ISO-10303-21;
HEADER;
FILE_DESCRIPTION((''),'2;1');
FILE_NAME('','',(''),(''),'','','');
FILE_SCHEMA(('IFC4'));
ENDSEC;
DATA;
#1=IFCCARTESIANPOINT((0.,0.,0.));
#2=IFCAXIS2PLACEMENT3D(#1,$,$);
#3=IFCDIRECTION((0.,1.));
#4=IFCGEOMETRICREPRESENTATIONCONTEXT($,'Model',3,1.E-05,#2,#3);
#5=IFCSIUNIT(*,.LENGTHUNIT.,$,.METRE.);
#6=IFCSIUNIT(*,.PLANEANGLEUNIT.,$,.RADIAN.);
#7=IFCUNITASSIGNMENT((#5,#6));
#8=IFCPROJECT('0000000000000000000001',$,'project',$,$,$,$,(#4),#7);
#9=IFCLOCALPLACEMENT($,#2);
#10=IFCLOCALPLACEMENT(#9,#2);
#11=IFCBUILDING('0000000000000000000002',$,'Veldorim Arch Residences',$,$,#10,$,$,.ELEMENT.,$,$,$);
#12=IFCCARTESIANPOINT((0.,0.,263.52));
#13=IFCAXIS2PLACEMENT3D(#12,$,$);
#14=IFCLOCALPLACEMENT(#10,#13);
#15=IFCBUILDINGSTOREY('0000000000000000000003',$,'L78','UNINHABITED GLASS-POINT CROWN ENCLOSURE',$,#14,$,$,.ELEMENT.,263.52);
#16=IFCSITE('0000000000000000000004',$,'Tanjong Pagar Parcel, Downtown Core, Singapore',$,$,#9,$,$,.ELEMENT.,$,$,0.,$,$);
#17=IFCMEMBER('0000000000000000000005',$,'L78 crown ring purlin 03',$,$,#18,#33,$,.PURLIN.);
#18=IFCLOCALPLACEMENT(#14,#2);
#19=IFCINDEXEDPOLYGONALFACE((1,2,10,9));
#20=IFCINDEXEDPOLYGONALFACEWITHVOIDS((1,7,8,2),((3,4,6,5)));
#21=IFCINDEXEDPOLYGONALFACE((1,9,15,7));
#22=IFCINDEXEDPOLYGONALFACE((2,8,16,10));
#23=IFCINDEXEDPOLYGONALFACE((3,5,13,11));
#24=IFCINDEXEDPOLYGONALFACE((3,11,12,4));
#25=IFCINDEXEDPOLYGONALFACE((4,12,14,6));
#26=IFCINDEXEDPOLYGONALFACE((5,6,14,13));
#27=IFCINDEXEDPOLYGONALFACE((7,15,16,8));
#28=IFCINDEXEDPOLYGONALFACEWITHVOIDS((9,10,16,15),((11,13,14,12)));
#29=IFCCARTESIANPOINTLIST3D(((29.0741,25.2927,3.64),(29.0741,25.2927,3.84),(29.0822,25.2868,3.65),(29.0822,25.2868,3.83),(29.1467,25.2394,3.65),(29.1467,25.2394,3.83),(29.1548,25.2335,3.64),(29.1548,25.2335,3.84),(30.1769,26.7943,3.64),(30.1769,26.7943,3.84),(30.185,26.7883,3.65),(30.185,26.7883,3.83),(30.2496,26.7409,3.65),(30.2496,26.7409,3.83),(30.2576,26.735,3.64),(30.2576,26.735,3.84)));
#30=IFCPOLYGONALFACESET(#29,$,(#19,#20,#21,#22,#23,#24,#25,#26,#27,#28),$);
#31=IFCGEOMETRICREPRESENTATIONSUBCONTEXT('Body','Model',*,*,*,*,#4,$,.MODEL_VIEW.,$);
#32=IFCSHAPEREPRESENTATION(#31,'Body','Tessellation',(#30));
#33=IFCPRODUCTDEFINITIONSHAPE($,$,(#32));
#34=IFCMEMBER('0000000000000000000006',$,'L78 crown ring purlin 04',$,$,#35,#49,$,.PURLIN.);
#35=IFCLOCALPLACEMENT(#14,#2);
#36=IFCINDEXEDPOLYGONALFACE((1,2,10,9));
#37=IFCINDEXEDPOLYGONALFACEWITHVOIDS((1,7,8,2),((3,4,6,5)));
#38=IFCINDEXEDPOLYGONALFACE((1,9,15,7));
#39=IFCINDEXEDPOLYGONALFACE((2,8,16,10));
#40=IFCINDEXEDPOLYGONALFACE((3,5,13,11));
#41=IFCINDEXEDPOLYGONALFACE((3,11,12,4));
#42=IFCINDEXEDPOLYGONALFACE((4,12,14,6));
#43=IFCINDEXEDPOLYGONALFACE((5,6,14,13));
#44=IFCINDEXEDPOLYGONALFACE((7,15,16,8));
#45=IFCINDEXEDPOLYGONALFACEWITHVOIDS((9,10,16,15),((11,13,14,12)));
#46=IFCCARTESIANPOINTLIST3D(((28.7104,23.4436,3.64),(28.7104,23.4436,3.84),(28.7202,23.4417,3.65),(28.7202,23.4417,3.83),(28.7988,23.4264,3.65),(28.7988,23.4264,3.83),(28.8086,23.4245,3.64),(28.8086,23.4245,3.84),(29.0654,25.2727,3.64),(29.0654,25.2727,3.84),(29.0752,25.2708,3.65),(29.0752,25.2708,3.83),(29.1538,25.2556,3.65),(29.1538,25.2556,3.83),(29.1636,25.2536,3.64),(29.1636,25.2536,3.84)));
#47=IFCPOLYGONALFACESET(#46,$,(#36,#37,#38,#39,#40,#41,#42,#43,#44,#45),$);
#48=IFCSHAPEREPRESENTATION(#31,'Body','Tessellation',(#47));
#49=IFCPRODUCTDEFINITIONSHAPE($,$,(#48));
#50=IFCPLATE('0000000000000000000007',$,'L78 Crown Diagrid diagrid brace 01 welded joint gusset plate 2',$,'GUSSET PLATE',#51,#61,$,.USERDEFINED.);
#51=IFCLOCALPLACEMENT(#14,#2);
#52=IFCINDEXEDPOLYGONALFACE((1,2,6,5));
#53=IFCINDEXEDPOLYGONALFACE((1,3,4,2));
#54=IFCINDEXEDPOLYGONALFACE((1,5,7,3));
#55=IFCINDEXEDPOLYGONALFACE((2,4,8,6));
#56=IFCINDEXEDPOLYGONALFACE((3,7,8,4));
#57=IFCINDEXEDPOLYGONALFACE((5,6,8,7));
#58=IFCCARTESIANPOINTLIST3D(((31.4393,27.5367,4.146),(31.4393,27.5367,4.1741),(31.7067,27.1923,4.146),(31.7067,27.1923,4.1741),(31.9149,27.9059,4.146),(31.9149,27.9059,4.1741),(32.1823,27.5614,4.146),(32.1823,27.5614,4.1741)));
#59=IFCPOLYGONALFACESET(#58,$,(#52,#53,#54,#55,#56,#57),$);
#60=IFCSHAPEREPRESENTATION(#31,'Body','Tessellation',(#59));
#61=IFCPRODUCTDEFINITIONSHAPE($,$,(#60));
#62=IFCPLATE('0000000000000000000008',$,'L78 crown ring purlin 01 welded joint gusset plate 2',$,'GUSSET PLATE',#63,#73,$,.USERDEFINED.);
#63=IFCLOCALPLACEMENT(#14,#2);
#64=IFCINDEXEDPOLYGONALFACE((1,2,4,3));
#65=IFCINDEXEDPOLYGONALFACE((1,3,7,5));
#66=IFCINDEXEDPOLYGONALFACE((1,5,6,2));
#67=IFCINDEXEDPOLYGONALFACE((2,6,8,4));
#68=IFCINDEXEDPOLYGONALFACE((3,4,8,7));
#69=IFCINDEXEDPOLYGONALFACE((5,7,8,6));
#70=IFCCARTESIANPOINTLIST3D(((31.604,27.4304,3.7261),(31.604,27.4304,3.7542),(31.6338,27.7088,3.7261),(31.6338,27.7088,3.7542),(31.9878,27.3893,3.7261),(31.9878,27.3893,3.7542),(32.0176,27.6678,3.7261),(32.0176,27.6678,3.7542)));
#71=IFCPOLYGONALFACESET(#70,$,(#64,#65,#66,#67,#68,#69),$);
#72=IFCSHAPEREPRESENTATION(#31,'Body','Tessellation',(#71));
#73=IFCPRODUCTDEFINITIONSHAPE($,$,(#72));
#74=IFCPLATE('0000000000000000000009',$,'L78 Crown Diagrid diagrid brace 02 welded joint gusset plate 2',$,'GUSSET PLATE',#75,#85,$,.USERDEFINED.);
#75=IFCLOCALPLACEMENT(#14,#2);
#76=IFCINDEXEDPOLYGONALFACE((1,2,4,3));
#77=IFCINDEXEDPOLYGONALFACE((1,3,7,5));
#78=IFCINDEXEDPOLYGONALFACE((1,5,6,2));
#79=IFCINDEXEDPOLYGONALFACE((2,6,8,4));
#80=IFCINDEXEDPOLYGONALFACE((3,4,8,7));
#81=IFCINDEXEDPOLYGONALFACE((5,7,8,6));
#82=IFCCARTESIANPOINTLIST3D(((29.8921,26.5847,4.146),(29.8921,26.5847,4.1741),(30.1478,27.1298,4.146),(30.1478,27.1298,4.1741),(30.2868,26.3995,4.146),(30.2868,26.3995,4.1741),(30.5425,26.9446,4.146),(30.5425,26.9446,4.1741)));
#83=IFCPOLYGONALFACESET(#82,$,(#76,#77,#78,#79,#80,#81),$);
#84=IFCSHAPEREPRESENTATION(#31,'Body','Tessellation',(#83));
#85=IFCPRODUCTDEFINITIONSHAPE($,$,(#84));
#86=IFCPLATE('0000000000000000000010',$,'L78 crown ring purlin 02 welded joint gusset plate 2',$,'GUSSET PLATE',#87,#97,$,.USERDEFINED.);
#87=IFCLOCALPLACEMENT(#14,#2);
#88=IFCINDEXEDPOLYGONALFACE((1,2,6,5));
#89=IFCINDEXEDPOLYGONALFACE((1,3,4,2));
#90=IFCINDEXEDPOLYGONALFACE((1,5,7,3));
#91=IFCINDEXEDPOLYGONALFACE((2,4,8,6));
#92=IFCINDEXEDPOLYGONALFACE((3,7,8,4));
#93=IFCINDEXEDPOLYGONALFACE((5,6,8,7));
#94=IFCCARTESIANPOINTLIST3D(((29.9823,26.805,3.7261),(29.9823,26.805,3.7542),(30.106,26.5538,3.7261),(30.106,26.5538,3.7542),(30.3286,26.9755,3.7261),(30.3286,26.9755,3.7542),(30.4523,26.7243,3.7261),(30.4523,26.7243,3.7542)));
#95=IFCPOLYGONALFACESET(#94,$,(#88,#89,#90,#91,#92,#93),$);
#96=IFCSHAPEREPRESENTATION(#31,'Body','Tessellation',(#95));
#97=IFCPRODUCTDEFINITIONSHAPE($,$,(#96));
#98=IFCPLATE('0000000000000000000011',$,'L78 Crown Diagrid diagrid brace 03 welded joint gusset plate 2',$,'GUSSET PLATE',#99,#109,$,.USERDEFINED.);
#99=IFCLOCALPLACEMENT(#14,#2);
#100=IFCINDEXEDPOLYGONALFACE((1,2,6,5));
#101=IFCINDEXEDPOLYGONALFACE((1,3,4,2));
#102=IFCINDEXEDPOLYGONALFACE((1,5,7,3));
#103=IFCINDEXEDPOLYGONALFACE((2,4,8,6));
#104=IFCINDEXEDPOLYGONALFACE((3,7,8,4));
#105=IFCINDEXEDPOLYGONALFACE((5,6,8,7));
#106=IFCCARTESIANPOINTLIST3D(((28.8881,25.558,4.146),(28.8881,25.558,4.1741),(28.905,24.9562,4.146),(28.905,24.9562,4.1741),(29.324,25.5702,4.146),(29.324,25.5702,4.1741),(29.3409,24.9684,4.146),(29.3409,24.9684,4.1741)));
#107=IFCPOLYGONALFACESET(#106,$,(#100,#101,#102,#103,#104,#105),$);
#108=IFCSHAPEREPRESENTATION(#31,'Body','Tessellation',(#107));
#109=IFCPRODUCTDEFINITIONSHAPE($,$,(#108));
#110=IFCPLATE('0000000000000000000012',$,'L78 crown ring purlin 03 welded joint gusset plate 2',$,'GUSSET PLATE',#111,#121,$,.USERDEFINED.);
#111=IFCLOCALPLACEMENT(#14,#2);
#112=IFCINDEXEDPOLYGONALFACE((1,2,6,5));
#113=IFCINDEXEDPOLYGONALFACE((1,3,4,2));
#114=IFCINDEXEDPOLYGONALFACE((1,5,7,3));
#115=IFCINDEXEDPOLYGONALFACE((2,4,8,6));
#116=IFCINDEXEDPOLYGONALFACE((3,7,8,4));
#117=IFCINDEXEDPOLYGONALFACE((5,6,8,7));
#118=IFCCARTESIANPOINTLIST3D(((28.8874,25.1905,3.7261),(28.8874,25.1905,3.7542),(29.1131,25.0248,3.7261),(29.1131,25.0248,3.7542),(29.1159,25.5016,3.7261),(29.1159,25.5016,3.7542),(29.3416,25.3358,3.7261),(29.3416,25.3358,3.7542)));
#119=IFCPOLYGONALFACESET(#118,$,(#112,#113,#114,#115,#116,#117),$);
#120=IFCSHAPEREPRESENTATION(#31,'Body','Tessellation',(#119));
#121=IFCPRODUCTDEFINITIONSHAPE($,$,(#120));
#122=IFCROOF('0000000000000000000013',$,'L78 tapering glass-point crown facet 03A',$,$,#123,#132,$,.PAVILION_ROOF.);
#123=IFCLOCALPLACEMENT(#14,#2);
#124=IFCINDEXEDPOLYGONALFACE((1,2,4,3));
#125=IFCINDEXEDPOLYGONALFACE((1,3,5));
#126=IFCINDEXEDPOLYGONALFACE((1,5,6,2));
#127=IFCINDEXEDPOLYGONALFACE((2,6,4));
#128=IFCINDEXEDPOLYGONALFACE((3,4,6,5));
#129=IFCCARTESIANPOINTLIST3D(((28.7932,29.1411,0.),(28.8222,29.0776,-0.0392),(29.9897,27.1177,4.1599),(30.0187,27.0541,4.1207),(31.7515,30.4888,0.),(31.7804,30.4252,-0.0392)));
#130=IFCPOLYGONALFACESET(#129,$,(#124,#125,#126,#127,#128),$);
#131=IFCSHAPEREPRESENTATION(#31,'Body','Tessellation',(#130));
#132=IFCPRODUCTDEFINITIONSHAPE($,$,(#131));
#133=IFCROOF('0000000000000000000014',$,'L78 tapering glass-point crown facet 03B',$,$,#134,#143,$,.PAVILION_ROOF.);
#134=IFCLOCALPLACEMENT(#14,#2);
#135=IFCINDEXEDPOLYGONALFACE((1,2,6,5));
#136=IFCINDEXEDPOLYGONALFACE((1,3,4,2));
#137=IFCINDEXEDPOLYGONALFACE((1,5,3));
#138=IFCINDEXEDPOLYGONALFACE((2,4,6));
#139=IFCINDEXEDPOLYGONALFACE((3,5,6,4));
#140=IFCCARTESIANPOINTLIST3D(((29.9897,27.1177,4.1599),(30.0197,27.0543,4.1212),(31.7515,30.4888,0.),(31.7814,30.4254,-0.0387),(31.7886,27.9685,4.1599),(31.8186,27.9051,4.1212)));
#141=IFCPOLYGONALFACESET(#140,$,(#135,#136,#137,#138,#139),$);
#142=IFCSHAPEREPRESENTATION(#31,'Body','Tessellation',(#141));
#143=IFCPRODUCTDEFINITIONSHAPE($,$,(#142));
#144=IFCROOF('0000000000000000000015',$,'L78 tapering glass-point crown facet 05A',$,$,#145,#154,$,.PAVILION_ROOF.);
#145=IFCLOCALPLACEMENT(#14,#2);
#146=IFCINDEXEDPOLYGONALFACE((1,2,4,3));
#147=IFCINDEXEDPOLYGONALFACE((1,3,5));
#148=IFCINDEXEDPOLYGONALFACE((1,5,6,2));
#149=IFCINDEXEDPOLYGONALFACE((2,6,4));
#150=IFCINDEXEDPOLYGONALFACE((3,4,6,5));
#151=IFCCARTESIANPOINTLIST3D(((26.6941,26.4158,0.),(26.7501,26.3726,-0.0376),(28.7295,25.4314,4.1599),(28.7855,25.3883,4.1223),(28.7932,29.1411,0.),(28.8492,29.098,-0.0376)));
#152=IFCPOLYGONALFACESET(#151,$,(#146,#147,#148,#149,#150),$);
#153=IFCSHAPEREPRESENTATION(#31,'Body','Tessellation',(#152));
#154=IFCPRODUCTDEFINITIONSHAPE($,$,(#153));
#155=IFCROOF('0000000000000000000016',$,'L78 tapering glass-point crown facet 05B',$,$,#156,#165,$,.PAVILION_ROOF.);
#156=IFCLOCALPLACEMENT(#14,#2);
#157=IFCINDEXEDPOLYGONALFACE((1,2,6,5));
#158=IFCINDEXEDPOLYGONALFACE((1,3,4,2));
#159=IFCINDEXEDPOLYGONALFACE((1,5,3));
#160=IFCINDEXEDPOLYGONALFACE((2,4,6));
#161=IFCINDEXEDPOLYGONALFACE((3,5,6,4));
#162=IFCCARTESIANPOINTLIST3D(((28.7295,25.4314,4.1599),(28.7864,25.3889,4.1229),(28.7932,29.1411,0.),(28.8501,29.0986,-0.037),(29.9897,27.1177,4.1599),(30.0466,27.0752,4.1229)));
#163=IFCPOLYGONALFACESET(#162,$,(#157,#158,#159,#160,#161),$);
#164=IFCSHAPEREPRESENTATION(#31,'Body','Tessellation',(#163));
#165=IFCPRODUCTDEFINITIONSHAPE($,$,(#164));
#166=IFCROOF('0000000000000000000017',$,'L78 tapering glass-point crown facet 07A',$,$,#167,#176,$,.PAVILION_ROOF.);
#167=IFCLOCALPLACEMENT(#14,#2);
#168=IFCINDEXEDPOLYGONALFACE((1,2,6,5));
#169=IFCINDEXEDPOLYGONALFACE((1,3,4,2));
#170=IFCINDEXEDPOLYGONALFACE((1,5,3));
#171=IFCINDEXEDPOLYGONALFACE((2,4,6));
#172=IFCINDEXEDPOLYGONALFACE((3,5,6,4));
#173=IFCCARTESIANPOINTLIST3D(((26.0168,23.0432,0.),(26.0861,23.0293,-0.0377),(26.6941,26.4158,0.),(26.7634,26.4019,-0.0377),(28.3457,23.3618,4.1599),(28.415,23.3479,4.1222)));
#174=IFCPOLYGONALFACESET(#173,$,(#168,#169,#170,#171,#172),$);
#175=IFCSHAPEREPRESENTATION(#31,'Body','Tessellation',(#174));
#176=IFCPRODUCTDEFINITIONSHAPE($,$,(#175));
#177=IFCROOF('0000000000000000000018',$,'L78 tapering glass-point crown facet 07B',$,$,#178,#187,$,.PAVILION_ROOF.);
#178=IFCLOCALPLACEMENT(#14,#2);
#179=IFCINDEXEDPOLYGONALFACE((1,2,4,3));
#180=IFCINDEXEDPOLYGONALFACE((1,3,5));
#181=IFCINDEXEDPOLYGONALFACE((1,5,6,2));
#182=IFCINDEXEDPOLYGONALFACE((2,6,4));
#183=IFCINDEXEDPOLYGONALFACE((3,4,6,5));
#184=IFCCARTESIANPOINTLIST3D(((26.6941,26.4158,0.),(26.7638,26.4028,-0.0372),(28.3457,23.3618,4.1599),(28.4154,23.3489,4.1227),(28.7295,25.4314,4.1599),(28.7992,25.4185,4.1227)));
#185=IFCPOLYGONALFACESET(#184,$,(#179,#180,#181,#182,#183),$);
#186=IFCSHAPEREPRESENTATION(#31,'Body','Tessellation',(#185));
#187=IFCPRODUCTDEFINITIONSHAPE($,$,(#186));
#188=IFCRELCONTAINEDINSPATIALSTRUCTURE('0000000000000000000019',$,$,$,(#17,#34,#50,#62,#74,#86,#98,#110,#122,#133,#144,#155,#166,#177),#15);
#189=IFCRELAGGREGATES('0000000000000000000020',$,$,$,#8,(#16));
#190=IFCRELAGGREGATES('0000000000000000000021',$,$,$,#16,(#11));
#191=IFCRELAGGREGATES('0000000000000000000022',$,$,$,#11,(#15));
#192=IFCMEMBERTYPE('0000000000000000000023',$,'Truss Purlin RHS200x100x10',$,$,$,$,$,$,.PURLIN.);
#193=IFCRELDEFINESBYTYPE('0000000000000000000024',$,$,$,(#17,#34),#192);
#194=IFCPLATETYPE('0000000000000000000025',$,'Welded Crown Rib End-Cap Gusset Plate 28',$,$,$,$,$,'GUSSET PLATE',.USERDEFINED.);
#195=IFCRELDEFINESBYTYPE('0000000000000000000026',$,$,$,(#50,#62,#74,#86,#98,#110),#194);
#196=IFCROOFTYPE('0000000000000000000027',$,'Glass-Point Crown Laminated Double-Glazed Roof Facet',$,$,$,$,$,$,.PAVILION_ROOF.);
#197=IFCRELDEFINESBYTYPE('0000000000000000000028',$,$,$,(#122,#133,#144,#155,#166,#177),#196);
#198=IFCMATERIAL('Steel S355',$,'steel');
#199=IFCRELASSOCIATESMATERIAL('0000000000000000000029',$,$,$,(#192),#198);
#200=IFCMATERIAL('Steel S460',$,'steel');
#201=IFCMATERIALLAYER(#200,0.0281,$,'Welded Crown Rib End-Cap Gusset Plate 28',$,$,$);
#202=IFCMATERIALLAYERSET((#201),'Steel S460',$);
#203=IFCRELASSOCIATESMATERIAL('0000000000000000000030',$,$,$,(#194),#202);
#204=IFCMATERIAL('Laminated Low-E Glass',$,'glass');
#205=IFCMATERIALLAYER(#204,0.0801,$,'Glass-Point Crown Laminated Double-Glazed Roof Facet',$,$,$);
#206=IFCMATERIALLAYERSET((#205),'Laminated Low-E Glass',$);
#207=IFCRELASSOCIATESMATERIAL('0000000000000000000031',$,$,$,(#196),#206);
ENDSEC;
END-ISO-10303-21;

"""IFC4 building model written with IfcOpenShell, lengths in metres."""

from ifc_helpers import new_model, si_unit, direction, frame, origin, origin_2d, place, context, subcontext, project, spatial, polyline, rectangle, hollow_rectangle, outline, extrude, material, layer, layer_set, material_profile, profile_set, type_object, element, save


model = new_model("IFC4")

# Units and contexts
model_context = context("Model", 3, precision=1e-05, world=origin(), true_north=direction((0.0, 1.0)))
body_context = subcontext(model_context, "Body", "Model", "MODEL_VIEW")
ifc_project = project(units=[si_unit("LENGTHUNIT", "METRE"), si_unit("PLANEANGLEUNIT", "RADIAN")], contexts=[model_context])

# Site, building, storey
site_placement = place(None, origin())
site = spatial("IfcSite", under=ifc_project, at=site_placement, Name="Tanjong Pagar Parcel, Downtown Core, Singapore", CompositionType="ELEMENT", RefElevation=0.0)
building_placement = place(site_placement, origin())
building = spatial("IfcBuilding", under=site, at=building_placement, Name="Veldorim Arch Residences", CompositionType="ELEMENT")
storey_placement = place(building_placement, frame((0.0, 0.0, 263.52)))
storey = spatial("IfcBuildingStorey", under=building, at=storey_placement, Name="L78", Description="UNINHABITED GLASS-POINT CROWN ENCLOSURE", CompositionType="ELEMENT", Elevation=263.52)

# Members
ifc_material_1 = material(Name="Steel S355", Category="steel")
ifc_material_profile_1 = material_profile(ifc_material_1, hollow_rectangle(XDim=0.1001, YDim=0.2, WallThickness=0.01, at=origin_2d()), Name="RHS200x100x10")
ifc_profile_set_1 = profile_set([ifc_material_profile_1], Name="Steel S355")
member_type_1 = type_object("IfcMemberType", Name="Truss Purlin RHS200x100x10", PredefinedType="PURLIN", material=ifc_profile_set_1)
member_1_placement = place(storey_placement, frame((30.2173, 26.7646, 3.74), z_axis=(-0.59196, -0.805967, 0.0), x_axis=(0.805967, -0.59196, 0.0)))
element("IfcMember", 1, at=member_1_placement, inside=storey, type_object=member_type_1, Name="L78 crown ring purlin 03", PredefinedType="PURLIN", context=body_context, shape_type="SweptSolid", body=[
    extrude(hollow_rectangle(XDim=0.1001, YDim=0.2, WallThickness=0.01, at=origin_2d()), origin(), (0.0, 0.0, 1.0), 1.863),
])
member_2_placement = place(storey_placement, frame((29.1145, 25.2632, 3.74), z_axis=(-0.190519, -0.981684, 0.0), x_axis=(0.981684, -0.190519, 0.0)))
element("IfcMember", 2, at=member_2_placement, inside=storey, type_object=member_type_1, Name="L78 crown ring purlin 04", PredefinedType="PURLIN", context=body_context, shape_type="SweptSolid", body=[
    extrude(hollow_rectangle(XDim=0.1001, YDim=0.2, WallThickness=0.01, at=origin_2d()), origin(), (0.0, 0.0, 1.0), 1.8633),
])

# Plates
ifc_material_2 = material(Name="Steel S460", Category="steel")
ifc_layer_1 = layer(ifc_material_2, 0.0281, Name="Welded Crown Rib End-Cap Gusset Plate 28")
ifc_layer_set_1 = layer_set([ifc_layer_1], Name="Steel S460")
plate_type = type_object("IfcPlateType", Name="Welded Crown Rib End-Cap Gusset Plate 28", ElementType="GUSSET PLATE", PredefinedType="USERDEFINED", material=ifc_layer_set_1)
plate_1_placement = place(storey_placement, frame((31.8108, 27.5491, 4.146), z_axis=(0.0, 0.0, 1.0), x_axis=(-0.789995, -0.613114, 0.0)))
element("IfcPlate", 3, at=plate_1_placement, inside=storey, type_object=plate_type, Name="L78 Crown Diagrid diagrid brace 01 welded joint gusset plate 2", ObjectType="GUSSET PLATE", PredefinedType="USERDEFINED", context=body_context, shape_type="SweptSolid", body=[
    extrude(rectangle(XDim=0.6021, YDim=0.436, at=origin_2d()), origin(), (0.0, 0.0, 1.0), 0.0281),
])
plate_2_placement = place(storey_placement, frame((31.8108, 27.5491, 3.7261), z_axis=(0.0, 0.0, 1.0), x_axis=(-0.994332, 0.106316, 0.0)))
element("IfcPlate", 4, at=plate_2_placement, inside=storey, type_object=plate_type, Name="L78 crown ring purlin 01 welded joint gusset plate 2", ObjectType="GUSSET PLATE", PredefinedType="USERDEFINED", context=body_context, shape_type="SweptSolid", body=[
    extrude(rectangle(XDim=0.386, YDim=0.28, at=origin_2d()), origin(), (0.0, 0.0, 1.0), 0.0281),
])
plate_3_placement = place(storey_placement, frame((30.2173, 26.7646, 4.146), z_axis=(0.0, 0.0, 1.0), x_axis=(-0.424705, -0.905332, 0.0)))
element("IfcPlate", 5, at=plate_3_placement, inside=storey, type_object=plate_type, Name="L78 Crown Diagrid diagrid brace 02 welded joint gusset plate 2", ObjectType="GUSSET PLATE", PredefinedType="USERDEFINED", context=body_context, shape_type="SweptSolid", body=[
    extrude(rectangle(XDim=0.6021, YDim=0.436, at=origin_2d()), origin(), (0.0, 0.0, 1.0), 0.0281),
])
plate_4_placement = place(storey_placement, frame((30.2173, 26.7646, 3.7261), z_axis=(0.0, 0.0, 1.0), x_axis=(-0.897189, -0.441647, 0.0)))
element("IfcPlate", 6, at=plate_4_placement, inside=storey, type_object=plate_type, Name="L78 crown ring purlin 02 welded joint gusset plate 2", ObjectType="GUSSET PLATE", PredefinedType="USERDEFINED", context=body_context, shape_type="SweptSolid", body=[
    extrude(rectangle(XDim=0.386, YDim=0.28, at=origin_2d()), origin(), (0.0, 0.0, 1.0), 0.0281),
])
plate_5_placement = place(storey_placement, frame((29.1145, 25.2632, 4.146), z_axis=(0.0, 0.0, 1.0), x_axis=(0.028096, -0.999605, 0.0)))
element("IfcPlate", 7, at=plate_5_placement, inside=storey, type_object=plate_type, Name="L78 Crown Diagrid diagrid brace 03 welded joint gusset plate 2", ObjectType="GUSSET PLATE", PredefinedType="USERDEFINED", context=body_context, shape_type="SweptSolid", body=[
    extrude(rectangle(XDim=0.6021, YDim=0.436, at=origin_2d()), origin(), (0.0, 0.0, 1.0), 0.0281),
])
plate_6_placement = place(storey_placement, frame((29.1145, 25.2632, 3.7261), z_axis=(0.0, 0.0, 1.0), x_axis=(-0.591999, -0.805939, 0.0)))
element("IfcPlate", 8, at=plate_6_placement, inside=storey, type_object=plate_type, Name="L78 crown ring purlin 03 welded joint gusset plate 2", ObjectType="GUSSET PLATE", PredefinedType="USERDEFINED", context=body_context, shape_type="SweptSolid", body=[
    extrude(rectangle(XDim=0.386, YDim=0.28, at=origin_2d()), origin(), (0.0, 0.0, 1.0), 0.0281),
])

# Roofs
ifc_material_3 = material(Name="Laminated Low-E Glass", Category="glass")
ifc_layer_2 = layer(ifc_material_3, 0.0801, Name="Glass-Point Crown Laminated Double-Glazed Roof Facet")
ifc_layer_set_2 = layer_set([ifc_layer_2], Name="Laminated Low-E Glass")
roof_type = type_object("IfcRoofType", Name="Glass-Point Crown Laminated Double-Glazed Roof Facet", PredefinedType="PAVILION_ROOF", material=ifc_layer_set_2)
roof_1_placement = place(storey_placement, frame((31.7515, 30.4888, 0.0), z_axis=(-0.36142, 0.793357, 0.489857), x_axis=(-0.910019, -0.414567, 0.0)))
element("IfcRoof", 9, at=roof_1_placement, inside=storey, type_object=roof_type, Name="L78 tapering glass-point crown facet 03A", PredefinedType="PAVILION_ROOF", context=body_context, shape_type="SweptSolid", body=[
    extrude(outline(polyline([(0.0, 0.0), (3.2508, 0.0), (3.0007, 4.7716), (0.0, 0.0)])), origin(), (0.0, 0.0, -1.0), 0.0801),
])
roof_2_placement = place(storey_placement, frame((31.7515, 30.4888, 0.0), z_axis=(-0.374413, 0.791584, 0.482918), x_axis=(-0.312542, -0.598058, 0.738)))
element("IfcRoof", 10, at=roof_2_placement, inside=storey, type_object=roof_type, Name="L78 tapering glass-point crown facet 03B", PredefinedType="PAVILION_ROOF", context=body_context, shape_type="SweptSolid", body=[
    extrude(outline(polyline([(0.0, 0.0), (5.6367, 0.0), (4.5657, 1.6771), (0.0, 0.0)])), origin(), (0.0, 0.0, -1.0), 0.0801),
])
roof_3_placement = place(storey_placement, frame((28.7932, 29.1411, 0.0), z_axis=(-0.699417, 0.538707, 0.469693), x_axis=(-0.610205, -0.792244, 0.0)))
element("IfcRoof", 11, at=roof_3_placement, inside=storey, type_object=roof_type, Name="L78 tapering glass-point crown facet 05A", PredefinedType="PAVILION_ROOF", context=body_context, shape_type="SweptSolid", body=[
    extrude(outline(polyline([(0.0, 0.0), (3.44, 0.0), (2.9779, 4.712), (0.0, 0.0)])), origin(), (0.0, 0.0, -1.0), 0.0801),
])
roof_4_placement = place(storey_placement, frame((28.7932, 29.1411, 0.0), z_axis=(-0.710212, 0.530782, 0.462461), x_axis=(-0.011432, -0.665524, 0.746289)))
element("IfcRoof", 12, at=roof_4_placement, inside=storey, type_object=roof_type, Name="L78 tapering glass-point crown facet 05B", PredefinedType="PAVILION_ROOF", context=body_context, shape_type="SweptSolid", body=[
    extrude(outline(polyline([(0.0, 0.0), (5.5741, 0.0), (4.4375, 1.7719), (0.0, 0.0)])), origin(), (0.0, 0.0, -1.0), 0.0801),
])
roof_5_placement = place(storey_placement, frame((26.6941, 26.4158, 0.0), z_axis=(-0.864916, 0.173685, 0.470907), x_axis=(-0.19688, -0.980428, 0.0)))
element("IfcRoof", 13, at=roof_5_placement, inside=storey, type_object=roof_type, Name="L78 tapering glass-point crown facet 07A", PredefinedType="PAVILION_ROOF", context=body_context, shape_type="SweptSolid", body=[
    extrude(outline(polyline([(0.0, 0.0), (3.4399, 0.0), (2.669, 4.7155), (0.0, 0.0)])), origin(), (0.0, 0.0, -1.0), 0.0801),
])
roof_6_placement = place(storey_placement, frame((26.6941, 26.4158, 0.0), z_axis=(-0.87083, 0.161489, 0.464302), x_axis=(0.304814, -0.563624, 0.767735)))
element("IfcRoof", 14, at=roof_6_placement, inside=storey, type_object=roof_type, Name="L78 tapering glass-point crown facet 07B", PredefinedType="PAVILION_ROOF", context=body_context, shape_type="SweptSolid", body=[
    extrude(outline(polyline([(0.0, 0.0), (5.4184, 0.0), (4.3689, 1.8246), (0.0, 0.0)])), origin(), (0.0, 0.0, -1.0), 0.0801),
])

save(model, "model.ifc")
